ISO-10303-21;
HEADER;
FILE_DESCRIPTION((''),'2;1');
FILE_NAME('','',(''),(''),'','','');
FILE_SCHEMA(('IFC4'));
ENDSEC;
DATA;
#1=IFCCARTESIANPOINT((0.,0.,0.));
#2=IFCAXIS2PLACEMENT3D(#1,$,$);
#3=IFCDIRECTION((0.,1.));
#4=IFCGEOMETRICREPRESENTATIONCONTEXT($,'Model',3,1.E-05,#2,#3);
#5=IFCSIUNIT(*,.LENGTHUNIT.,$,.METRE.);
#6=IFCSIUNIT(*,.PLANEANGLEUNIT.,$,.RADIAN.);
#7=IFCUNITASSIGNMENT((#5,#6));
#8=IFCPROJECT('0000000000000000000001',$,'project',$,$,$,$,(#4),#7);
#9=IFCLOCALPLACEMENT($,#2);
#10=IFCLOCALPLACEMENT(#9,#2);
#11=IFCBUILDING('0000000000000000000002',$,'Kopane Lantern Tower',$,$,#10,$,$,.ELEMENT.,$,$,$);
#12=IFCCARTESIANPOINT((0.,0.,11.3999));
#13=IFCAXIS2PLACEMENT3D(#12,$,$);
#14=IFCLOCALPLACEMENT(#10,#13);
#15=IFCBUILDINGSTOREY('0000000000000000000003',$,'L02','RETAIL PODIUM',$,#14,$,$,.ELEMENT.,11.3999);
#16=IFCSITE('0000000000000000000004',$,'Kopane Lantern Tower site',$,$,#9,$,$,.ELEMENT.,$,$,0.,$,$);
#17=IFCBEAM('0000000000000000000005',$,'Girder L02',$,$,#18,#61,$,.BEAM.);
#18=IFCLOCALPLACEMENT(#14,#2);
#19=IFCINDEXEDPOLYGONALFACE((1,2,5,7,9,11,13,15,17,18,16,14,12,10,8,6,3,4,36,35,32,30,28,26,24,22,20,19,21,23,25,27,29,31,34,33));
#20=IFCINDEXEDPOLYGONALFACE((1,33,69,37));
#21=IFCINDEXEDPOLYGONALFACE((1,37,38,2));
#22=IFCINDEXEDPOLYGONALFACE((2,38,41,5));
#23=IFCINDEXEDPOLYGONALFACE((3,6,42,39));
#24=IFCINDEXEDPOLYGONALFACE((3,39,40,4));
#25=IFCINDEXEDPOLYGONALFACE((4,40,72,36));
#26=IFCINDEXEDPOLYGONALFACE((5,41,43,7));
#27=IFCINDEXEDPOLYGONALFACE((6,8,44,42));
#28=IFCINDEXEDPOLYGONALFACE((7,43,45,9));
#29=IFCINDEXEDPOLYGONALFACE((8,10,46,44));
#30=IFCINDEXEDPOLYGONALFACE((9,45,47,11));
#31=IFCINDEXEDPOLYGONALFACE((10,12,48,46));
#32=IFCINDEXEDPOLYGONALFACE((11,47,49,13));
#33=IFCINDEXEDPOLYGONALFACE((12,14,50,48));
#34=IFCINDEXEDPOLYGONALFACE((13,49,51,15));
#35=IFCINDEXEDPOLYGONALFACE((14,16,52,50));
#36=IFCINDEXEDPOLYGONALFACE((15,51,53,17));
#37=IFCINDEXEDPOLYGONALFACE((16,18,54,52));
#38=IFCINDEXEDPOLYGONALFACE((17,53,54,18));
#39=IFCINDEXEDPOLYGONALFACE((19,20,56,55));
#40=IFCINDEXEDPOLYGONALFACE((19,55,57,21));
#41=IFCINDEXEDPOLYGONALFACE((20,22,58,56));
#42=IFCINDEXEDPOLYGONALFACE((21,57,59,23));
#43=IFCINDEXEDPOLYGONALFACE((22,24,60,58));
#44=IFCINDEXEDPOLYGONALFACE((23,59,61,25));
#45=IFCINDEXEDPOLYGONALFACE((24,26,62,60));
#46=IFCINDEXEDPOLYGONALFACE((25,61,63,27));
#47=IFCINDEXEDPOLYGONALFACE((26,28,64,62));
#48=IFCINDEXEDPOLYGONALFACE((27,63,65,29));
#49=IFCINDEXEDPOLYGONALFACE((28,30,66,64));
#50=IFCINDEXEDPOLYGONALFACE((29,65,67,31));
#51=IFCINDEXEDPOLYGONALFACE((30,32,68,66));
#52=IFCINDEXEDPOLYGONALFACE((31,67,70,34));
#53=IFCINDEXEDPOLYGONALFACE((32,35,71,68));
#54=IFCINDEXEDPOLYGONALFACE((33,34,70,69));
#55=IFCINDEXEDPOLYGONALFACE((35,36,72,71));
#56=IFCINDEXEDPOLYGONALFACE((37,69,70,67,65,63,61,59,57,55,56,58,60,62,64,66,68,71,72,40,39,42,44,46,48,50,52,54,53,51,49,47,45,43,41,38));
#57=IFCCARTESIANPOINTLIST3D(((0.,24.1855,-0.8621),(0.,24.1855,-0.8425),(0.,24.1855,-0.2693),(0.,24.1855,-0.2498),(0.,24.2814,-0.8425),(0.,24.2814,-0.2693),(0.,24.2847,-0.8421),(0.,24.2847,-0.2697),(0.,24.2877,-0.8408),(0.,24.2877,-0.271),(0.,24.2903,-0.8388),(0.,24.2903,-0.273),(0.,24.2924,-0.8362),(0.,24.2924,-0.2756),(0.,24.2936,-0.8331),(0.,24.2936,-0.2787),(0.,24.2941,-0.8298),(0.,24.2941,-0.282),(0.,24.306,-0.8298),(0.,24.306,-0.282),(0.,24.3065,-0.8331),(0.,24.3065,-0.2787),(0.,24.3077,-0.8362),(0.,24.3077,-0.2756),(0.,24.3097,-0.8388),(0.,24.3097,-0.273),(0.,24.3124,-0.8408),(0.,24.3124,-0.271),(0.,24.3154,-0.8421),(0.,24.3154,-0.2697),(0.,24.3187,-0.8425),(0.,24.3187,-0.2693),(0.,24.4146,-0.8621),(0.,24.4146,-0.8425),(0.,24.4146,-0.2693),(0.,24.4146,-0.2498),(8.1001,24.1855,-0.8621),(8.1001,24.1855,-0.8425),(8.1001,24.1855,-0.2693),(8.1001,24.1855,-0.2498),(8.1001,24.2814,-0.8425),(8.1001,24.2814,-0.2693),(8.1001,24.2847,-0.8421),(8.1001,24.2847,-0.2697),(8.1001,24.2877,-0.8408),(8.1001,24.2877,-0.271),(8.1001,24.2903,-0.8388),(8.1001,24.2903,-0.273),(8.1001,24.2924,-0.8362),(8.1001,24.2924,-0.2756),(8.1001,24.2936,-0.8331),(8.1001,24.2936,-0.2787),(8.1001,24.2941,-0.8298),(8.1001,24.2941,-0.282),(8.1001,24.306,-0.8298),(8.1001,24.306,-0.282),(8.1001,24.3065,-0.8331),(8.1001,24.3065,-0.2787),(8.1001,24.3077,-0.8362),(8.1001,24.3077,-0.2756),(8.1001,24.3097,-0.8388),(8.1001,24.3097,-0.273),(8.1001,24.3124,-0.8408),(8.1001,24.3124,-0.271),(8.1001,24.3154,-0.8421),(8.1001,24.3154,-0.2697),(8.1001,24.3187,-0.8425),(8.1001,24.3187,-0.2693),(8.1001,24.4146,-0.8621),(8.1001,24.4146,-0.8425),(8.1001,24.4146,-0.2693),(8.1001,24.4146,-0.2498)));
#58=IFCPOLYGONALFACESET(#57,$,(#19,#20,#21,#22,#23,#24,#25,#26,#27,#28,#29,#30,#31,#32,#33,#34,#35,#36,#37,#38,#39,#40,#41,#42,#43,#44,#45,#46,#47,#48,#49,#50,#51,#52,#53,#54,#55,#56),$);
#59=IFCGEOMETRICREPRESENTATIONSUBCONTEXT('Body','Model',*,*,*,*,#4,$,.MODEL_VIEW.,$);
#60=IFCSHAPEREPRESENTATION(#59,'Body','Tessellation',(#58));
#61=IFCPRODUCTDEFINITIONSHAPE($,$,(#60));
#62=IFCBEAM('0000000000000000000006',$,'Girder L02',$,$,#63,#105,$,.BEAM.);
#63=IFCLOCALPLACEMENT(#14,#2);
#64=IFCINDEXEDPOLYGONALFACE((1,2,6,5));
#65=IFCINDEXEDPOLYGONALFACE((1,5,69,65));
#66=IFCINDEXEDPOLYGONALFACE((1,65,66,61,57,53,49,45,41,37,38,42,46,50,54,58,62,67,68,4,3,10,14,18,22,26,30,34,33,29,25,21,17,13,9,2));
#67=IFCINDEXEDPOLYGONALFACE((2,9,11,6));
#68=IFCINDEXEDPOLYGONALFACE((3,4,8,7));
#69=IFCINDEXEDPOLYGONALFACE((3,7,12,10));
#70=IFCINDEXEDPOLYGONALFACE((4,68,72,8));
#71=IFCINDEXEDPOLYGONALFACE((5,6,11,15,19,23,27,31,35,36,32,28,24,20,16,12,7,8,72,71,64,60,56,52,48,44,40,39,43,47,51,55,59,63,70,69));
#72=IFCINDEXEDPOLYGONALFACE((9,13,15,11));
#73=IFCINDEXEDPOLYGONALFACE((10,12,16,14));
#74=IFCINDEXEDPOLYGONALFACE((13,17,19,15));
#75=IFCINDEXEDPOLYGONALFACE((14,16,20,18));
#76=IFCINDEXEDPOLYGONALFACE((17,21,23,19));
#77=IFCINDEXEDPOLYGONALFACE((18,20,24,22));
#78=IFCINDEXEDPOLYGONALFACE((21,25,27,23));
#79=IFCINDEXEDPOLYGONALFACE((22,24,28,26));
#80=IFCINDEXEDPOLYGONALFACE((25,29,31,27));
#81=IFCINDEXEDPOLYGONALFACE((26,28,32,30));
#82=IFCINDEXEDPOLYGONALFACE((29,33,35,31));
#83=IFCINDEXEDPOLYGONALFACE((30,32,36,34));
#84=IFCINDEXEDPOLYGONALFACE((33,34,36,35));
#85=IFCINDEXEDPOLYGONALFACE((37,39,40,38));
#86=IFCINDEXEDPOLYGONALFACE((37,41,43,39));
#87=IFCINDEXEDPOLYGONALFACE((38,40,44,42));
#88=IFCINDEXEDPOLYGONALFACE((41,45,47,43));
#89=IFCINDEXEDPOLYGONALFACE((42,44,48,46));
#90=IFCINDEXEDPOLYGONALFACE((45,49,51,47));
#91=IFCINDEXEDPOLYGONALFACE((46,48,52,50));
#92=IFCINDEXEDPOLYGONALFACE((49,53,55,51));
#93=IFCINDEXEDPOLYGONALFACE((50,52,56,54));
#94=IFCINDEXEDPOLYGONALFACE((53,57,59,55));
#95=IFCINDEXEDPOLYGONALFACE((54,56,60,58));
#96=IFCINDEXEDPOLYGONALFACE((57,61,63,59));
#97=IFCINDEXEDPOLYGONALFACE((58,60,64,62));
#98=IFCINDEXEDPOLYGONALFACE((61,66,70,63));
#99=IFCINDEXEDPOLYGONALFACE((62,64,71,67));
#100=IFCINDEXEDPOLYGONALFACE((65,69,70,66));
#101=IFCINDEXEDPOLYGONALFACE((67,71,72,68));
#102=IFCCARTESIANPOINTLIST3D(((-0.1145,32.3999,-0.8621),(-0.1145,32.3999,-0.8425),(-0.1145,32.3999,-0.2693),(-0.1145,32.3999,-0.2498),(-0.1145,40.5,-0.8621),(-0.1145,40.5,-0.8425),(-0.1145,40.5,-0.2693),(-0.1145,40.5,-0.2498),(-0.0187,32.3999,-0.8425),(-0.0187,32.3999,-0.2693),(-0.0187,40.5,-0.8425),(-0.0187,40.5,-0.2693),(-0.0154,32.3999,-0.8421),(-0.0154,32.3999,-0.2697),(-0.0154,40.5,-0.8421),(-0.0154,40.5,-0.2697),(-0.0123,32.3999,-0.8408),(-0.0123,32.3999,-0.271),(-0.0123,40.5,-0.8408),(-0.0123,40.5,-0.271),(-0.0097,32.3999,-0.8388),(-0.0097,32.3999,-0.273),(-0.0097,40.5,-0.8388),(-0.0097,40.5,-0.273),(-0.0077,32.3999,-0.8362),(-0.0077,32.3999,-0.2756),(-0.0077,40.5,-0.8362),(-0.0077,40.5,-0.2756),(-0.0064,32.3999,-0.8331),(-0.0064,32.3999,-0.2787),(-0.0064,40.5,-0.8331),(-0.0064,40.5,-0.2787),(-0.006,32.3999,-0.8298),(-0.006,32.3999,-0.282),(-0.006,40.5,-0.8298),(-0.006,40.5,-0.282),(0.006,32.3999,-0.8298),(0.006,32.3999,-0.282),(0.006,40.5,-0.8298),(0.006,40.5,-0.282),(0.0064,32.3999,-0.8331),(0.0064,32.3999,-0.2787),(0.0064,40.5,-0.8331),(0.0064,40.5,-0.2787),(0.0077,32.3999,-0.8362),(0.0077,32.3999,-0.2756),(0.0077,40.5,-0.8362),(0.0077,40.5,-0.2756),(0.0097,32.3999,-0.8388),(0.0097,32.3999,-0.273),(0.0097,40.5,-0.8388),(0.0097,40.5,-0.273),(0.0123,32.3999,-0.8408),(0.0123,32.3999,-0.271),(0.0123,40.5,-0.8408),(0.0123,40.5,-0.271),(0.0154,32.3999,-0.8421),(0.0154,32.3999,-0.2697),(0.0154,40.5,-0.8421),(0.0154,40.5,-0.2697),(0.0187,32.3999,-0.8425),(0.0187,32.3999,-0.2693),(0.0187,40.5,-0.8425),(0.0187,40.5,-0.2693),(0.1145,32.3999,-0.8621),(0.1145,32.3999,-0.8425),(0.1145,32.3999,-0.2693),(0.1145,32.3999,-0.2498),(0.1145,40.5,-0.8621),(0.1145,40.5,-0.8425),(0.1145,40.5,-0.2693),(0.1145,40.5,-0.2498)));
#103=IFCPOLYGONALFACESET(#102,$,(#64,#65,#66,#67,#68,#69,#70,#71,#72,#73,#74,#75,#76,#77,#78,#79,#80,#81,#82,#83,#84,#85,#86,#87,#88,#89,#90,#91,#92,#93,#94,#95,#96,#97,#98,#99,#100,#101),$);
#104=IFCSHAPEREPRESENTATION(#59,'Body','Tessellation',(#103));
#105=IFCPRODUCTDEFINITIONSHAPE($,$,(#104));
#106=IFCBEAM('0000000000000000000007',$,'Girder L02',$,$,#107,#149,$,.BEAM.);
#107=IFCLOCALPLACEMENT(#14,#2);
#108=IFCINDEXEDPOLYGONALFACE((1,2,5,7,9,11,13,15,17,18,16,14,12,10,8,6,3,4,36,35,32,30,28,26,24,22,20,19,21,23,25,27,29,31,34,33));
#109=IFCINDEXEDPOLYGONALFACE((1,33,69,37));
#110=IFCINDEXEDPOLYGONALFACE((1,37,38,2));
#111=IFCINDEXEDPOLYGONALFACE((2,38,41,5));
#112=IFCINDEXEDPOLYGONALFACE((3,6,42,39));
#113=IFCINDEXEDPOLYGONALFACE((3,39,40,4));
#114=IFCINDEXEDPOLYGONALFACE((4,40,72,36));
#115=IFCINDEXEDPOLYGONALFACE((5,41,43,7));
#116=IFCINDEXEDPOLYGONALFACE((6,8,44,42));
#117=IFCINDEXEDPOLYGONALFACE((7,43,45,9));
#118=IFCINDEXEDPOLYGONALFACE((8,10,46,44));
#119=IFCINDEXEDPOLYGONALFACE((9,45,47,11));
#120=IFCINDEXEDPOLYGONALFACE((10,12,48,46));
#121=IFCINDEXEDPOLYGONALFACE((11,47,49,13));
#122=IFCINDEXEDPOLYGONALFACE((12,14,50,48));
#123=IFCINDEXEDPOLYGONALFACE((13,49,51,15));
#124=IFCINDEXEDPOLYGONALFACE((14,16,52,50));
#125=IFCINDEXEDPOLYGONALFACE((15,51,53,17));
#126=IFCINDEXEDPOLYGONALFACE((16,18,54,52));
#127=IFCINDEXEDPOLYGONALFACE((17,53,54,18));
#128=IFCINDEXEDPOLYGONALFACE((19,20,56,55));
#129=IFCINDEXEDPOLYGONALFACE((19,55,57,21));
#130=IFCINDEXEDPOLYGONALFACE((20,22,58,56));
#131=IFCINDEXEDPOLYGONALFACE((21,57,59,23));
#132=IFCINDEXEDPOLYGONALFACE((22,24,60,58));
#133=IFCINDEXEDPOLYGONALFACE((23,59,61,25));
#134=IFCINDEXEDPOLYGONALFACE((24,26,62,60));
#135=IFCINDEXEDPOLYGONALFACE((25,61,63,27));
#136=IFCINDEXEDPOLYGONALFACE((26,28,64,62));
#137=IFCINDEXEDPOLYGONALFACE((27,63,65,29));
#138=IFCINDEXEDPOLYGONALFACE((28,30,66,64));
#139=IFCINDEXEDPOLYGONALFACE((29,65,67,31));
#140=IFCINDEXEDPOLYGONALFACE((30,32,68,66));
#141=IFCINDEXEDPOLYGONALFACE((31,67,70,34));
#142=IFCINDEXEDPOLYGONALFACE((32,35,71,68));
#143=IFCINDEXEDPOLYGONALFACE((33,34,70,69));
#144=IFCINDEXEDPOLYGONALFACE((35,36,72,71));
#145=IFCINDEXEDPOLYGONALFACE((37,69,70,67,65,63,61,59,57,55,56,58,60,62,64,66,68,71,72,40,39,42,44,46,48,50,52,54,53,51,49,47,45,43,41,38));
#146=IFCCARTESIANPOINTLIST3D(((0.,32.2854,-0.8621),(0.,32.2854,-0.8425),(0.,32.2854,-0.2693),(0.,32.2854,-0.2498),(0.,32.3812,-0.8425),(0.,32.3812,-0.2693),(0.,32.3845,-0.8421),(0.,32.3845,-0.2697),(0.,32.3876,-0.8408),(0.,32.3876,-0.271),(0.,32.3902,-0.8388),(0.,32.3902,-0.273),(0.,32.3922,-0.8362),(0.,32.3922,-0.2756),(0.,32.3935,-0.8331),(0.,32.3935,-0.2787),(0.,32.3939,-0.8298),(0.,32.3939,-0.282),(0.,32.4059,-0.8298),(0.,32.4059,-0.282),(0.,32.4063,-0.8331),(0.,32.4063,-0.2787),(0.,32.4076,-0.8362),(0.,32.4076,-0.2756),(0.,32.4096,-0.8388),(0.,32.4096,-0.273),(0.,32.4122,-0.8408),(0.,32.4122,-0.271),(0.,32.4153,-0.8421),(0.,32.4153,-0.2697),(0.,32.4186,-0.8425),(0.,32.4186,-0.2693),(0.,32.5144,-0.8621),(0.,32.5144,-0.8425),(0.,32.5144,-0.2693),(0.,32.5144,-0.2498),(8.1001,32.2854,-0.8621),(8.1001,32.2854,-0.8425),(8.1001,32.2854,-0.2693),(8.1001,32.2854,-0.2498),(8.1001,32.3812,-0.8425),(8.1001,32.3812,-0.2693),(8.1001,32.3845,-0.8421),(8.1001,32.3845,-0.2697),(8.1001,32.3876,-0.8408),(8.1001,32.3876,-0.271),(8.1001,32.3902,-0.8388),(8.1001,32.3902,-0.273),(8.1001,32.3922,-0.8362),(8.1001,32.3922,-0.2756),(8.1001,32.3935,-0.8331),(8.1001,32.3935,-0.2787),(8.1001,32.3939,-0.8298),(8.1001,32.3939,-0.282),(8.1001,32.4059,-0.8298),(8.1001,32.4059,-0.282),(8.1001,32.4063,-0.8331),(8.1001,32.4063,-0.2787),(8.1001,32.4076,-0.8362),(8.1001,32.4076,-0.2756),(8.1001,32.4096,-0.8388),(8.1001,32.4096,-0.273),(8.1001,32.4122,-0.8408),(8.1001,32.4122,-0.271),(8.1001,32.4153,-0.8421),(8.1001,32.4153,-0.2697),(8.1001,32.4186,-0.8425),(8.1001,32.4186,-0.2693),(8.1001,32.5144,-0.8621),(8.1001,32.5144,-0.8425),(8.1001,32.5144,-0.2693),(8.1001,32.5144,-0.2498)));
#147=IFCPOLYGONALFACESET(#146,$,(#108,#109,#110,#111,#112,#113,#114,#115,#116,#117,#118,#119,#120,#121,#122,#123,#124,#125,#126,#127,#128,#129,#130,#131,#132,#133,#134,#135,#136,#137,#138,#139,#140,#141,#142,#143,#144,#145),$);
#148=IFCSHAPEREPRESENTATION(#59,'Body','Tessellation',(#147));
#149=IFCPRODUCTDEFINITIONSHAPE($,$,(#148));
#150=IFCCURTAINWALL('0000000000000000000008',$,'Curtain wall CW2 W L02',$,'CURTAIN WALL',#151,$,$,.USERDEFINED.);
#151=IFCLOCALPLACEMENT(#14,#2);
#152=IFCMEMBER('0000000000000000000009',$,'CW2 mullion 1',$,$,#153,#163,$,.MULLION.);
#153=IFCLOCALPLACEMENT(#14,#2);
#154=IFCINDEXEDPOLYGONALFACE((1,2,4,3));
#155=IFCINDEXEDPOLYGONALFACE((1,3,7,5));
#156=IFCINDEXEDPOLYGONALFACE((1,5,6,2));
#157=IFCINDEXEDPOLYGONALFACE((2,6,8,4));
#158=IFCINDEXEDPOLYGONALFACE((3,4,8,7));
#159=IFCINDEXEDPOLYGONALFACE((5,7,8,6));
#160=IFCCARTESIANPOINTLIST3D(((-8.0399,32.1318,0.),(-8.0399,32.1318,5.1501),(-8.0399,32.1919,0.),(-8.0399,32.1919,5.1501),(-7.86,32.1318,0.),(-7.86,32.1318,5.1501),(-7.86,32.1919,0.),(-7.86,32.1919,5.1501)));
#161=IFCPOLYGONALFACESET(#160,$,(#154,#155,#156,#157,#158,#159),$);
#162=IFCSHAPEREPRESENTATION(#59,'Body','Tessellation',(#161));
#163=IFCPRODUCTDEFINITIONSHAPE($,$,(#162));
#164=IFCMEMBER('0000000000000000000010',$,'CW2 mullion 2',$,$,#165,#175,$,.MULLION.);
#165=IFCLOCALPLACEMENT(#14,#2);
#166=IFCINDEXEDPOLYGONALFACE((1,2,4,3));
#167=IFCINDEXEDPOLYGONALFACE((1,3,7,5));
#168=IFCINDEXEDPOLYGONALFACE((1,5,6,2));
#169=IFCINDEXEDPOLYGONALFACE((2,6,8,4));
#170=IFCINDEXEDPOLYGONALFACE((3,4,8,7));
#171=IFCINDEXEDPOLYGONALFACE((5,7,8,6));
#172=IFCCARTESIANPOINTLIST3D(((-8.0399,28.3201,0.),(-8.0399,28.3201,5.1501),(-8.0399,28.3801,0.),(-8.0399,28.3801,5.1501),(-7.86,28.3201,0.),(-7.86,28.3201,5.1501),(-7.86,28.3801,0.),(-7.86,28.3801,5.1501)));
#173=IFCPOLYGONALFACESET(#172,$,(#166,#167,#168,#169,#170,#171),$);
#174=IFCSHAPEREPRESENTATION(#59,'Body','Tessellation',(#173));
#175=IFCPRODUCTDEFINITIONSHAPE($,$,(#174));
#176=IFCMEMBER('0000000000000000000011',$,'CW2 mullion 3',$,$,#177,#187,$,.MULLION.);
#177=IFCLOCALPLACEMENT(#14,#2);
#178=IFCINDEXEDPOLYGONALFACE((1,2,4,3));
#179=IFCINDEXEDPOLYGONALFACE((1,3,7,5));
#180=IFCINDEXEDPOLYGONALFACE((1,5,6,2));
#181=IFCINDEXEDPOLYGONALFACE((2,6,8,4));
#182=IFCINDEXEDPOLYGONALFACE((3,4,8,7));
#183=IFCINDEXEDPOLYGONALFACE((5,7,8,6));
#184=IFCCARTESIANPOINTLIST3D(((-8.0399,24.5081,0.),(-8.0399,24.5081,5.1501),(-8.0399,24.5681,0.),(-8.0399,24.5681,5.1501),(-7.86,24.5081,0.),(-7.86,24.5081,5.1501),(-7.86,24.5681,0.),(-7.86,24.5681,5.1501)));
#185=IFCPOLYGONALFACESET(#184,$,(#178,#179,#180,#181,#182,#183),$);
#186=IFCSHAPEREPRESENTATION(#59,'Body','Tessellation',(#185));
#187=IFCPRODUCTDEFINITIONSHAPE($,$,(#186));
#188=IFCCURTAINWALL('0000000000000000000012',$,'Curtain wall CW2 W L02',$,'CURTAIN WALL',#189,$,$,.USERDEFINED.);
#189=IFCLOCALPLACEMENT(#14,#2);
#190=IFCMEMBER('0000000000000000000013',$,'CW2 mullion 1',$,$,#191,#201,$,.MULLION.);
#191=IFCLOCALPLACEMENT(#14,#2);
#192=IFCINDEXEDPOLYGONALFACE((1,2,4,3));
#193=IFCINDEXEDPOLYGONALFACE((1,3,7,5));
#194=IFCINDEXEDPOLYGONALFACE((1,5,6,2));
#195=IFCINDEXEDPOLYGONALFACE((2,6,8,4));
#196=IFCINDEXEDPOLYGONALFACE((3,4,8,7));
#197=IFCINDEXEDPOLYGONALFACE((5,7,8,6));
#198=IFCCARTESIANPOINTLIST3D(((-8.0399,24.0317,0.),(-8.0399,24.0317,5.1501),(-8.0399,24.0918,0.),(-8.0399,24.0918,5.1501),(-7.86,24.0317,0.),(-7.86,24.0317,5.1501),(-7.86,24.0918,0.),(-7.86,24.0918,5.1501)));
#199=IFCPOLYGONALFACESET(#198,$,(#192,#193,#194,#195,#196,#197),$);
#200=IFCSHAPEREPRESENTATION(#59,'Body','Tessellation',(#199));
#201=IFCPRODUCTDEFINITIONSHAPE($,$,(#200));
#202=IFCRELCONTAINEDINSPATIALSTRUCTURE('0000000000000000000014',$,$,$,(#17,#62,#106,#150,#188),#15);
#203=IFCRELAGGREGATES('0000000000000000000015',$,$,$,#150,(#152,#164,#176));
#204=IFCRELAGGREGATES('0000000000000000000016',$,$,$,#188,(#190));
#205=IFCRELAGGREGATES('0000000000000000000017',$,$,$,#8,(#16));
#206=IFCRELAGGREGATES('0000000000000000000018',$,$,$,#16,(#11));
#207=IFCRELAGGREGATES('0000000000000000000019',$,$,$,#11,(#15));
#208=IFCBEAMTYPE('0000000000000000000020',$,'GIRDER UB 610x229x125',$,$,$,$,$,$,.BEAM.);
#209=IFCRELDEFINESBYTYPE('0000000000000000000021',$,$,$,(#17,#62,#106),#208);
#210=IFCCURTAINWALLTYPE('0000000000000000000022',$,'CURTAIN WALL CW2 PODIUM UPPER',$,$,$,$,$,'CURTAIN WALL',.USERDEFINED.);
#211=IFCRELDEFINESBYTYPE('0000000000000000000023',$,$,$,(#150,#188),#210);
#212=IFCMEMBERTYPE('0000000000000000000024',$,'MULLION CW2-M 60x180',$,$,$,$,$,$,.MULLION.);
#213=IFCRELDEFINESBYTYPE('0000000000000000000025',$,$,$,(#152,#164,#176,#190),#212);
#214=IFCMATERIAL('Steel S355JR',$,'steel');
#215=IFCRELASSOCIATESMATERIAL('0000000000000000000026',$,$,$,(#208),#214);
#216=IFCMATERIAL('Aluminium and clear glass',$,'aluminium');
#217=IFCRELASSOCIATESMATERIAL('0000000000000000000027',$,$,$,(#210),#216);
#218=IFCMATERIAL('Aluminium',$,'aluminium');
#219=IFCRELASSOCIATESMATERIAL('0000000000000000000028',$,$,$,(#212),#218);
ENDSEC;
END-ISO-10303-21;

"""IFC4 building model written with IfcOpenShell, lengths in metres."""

from ifc_helpers import new_model, si_unit, direction, frame, origin, origin_2d, place, context, subcontext, project, spatial, rectangle, i_section, extrude, material, material_profile, profile_set, type_object, element, aggregate, save


model = new_model("IFC4")

# Units and contexts
model_context = context("Model", 3, precision=1e-05, world=origin(), true_north=direction((0.0, 1.0)))
body_context = subcontext(model_context, "Body", "Model", "MODEL_VIEW")
ifc_project = project(units=[si_unit("LENGTHUNIT", "METRE"), si_unit("PLANEANGLEUNIT", "RADIAN")], contexts=[model_context])

# Site, building, storey
site_placement = place(None, origin())
site = spatial("IfcSite", under=ifc_project, at=site_placement, Name="Kopane Lantern Tower site", CompositionType="ELEMENT", RefElevation=0.0)
building_placement = place(site_placement, origin())
building = spatial("IfcBuilding", under=site, at=building_placement, Name="Kopane Lantern Tower", CompositionType="ELEMENT")
storey_placement = place(building_placement, frame((0.0, 0.0, 11.3999)))
storey = spatial("IfcBuildingStorey", under=building, at=storey_placement, Name="L02", Description="RETAIL PODIUM", CompositionType="ELEMENT", Elevation=11.3999)

# Beams
ifc_material_1 = material(Name="Steel S355JR", Category="steel")
ifc_material_profile_1 = material_profile(ifc_material_1, i_section(OverallWidth=0.229, OverallDepth=0.6123, WebThickness=0.012, FlangeThickness=0.0195, FilletRadius=0.0127, at=origin_2d()), Name="UB 610x229x125")
ifc_profile_set_1 = profile_set([ifc_material_profile_1], Name="Steel S355JR")
beam_type = type_object("IfcBeamType", Name="GIRDER UB 610x229x125", PredefinedType="BEAM", material=ifc_profile_set_1)
for number, where, z_axis, x_axis, name in (
    (1, (0.0, 24.3, -0.5559), (1.0, 0.0, 0.0), (0.0, 1.0, 0.0), "Girder L02"),
    (2, (0.0, 32.3999, -0.5559), (0.0, 1.0, 0.0), (-1.0, 0.0, 0.0), "Girder L02"),
    (3, (0.0, 32.3999, -0.5559), (1.0, 0.0, 0.0), (0.0, 1.0, 0.0), "Girder L02"),
):
    element("IfcBeam", number, at=place(storey_placement, frame(where, z_axis=z_axis, x_axis=x_axis)), inside=storey, type_object=beam_type, Name=name, PredefinedType="BEAM", context=body_context, shape_type="SweptSolid", body=[
        extrude(i_section(OverallWidth=0.229, OverallDepth=0.6123, WebThickness=0.012, FlangeThickness=0.0195, FilletRadius=0.0127, at=origin_2d()), origin(), (0.0, 0.0, 1.0), 8.1001),
    ])

# Curtain walls, members
ifc_material_2 = material(Name="Aluminium and clear glass", Category="aluminium")
curtain_wall_type = type_object("IfcCurtainWallType", Name="CURTAIN WALL CW2 PODIUM UPPER", ElementType="CURTAIN WALL", PredefinedType="USERDEFINED", material=ifc_material_2)
curtain_wall_1_placement = place(storey_placement, origin())
curtain_wall_1 = element("IfcCurtainWall", 4, at=curtain_wall_1_placement, inside=storey, type_object=curtain_wall_type, Name="Curtain wall CW2 W L02", ObjectType="CURTAIN WALL", PredefinedType="USERDEFINED")
ifc_material_3 = material(Name="Aluminium", Category="aluminium")
ifc_material_profile_2 = material_profile(ifc_material_3, rectangle(XDim=0.0601, YDim=0.1799, at=origin_2d()), Name="AL 60x180")
ifc_profile_set_2 = profile_set([ifc_material_profile_2], Name="Aluminium")
member_type_1 = type_object("IfcMemberType", Name="MULLION CW2-M 60x180", PredefinedType="MULLION", material=ifc_profile_set_2)
member_1_placement = place(storey_placement, frame((-7.95, 32.1619, 0.0), z_axis=(0.0, 0.0, 1.0), x_axis=(0.0, -1.0, 0.0)))
member_1 = element("IfcMember", 5, at=member_1_placement, type_object=member_type_1, Name="CW2 mullion 1", PredefinedType="MULLION", context=body_context, shape_type="SweptSolid", body=[
    extrude(rectangle(XDim=0.0601, YDim=0.1799, at=origin_2d()), origin(), (0.0, 0.0, 1.0), 5.1501),
])
member_2_placement = place(storey_placement, frame((-7.95, 28.3501, 0.0), z_axis=(0.0, 0.0, 1.0), x_axis=(0.0, -1.0, 0.0)))
member_2 = element("IfcMember", 6, at=member_2_placement, type_object=member_type_1, Name="CW2 mullion 2", PredefinedType="MULLION", context=body_context, shape_type="SweptSolid", body=[
    extrude(rectangle(XDim=0.0601, YDim=0.1799, at=origin_2d()), origin(), (0.0, 0.0, 1.0), 5.1501),
])
member_3_placement = place(storey_placement, frame((-7.95, 24.5381, 0.0), z_axis=(0.0, 0.0, 1.0), x_axis=(0.0, -1.0, 0.0)))
member_3 = element("IfcMember", 7, at=member_3_placement, type_object=member_type_1, Name="CW2 mullion 3", PredefinedType="MULLION", context=body_context, shape_type="SweptSolid", body=[
    extrude(rectangle(XDim=0.0601, YDim=0.1799, at=origin_2d()), origin(), (0.0, 0.0, 1.0), 5.1501),
])
curtain_wall_2_placement = place(storey_placement, origin())
curtain_wall_2 = element("IfcCurtainWall", 8, at=curtain_wall_2_placement, inside=storey, type_object=curtain_wall_type, Name="Curtain wall CW2 W L02", ObjectType="CURTAIN WALL", PredefinedType="USERDEFINED")
member_4_placement = place(storey_placement, frame((-7.95, 24.0618, 0.0), z_axis=(0.0, 0.0, 1.0), x_axis=(0.0, -1.0, 0.0)))
member_4 = element("IfcMember", 9, at=member_4_placement, type_object=member_type_1, Name="CW2 mullion 1", PredefinedType="MULLION", context=body_context, shape_type="SweptSolid", body=[
    extrude(rectangle(XDim=0.0601, YDim=0.1799, at=origin_2d()), origin(), (0.0, 0.0, 1.0), 5.1501),
])

aggregate(curtain_wall_1, [member_1, member_2, member_3])
aggregate(curtain_wall_2, [member_4])

save(model, "model.ifc")
